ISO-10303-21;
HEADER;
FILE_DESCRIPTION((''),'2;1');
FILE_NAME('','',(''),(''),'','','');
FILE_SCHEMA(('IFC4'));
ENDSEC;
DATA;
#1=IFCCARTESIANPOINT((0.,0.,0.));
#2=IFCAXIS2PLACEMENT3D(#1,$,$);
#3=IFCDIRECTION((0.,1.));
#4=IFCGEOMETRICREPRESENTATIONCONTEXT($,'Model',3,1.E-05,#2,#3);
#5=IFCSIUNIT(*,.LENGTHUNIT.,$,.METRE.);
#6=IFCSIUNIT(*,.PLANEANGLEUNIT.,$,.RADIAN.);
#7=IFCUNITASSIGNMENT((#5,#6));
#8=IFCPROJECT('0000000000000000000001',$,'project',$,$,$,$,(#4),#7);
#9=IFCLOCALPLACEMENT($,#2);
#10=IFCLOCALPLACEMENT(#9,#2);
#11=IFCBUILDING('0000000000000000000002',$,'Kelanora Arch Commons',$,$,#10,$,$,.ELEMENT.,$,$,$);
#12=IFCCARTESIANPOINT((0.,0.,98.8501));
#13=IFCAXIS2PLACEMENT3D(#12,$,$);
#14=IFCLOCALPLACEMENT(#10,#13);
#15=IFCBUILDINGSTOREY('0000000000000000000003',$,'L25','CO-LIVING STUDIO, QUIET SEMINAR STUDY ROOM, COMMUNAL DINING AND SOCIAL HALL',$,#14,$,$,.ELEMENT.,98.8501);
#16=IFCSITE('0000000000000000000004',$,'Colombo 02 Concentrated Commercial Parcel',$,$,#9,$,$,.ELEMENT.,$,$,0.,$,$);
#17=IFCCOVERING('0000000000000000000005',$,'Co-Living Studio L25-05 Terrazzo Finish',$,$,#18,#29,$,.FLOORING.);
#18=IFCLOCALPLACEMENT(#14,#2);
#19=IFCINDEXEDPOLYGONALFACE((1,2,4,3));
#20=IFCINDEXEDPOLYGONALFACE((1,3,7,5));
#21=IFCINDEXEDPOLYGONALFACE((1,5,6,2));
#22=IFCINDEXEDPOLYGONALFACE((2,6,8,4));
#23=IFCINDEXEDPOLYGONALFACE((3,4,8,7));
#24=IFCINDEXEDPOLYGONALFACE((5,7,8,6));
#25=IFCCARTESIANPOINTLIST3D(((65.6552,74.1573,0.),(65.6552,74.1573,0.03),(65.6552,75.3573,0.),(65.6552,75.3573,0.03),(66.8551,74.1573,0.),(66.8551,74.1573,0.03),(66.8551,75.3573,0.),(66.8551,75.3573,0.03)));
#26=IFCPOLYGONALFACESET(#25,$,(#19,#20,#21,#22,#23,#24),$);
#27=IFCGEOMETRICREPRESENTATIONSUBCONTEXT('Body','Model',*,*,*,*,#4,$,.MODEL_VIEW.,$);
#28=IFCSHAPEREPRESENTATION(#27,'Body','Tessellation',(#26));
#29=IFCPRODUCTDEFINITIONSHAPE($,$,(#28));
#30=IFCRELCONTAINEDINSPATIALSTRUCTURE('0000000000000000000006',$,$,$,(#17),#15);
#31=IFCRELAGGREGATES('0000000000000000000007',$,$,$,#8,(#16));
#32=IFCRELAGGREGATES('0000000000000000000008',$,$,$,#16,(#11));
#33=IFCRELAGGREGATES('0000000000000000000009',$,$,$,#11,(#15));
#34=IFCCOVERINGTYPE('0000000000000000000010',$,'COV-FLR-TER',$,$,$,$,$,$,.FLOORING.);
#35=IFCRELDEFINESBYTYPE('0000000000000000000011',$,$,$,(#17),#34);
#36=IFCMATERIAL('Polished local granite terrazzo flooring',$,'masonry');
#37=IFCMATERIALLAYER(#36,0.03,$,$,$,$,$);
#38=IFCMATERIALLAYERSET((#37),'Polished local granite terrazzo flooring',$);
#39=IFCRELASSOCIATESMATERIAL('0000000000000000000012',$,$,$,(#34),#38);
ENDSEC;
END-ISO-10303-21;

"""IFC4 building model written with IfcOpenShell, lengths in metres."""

from ifc_helpers import new_model, si_unit, direction, frame, origin, origin_2d, place, context, subcontext, project, spatial, rectangle, extrude, source, transform, mapped, material, layer, layer_set, type_object, element, save


model = new_model("IFC4")

# Units and contexts
model_context = context("Model", 3, precision=1e-05, world=origin(), true_north=direction((0.0, 1.0)))
body_context = subcontext(model_context, "Body", "Model", "MODEL_VIEW")
ifc_project = project(units=[si_unit("LENGTHUNIT", "METRE"), si_unit("PLANEANGLEUNIT", "RADIAN")], contexts=[model_context])

# Site, building, storey
site_placement = place(None, origin())
site = spatial("IfcSite", under=ifc_project, at=site_placement, Name="Colombo 02 Concentrated Commercial Parcel", CompositionType="ELEMENT", RefElevation=0.0)
building_placement = place(site_placement, origin())
building = spatial("IfcBuilding", under=site, at=building_placement, Name="Kelanora Arch Commons", CompositionType="ELEMENT")
storey_placement = place(building_placement, frame((0.0, 0.0, 98.8501)))
storey = spatial("IfcBuildingStorey", under=building, at=storey_placement, Name="L25", Description="CO-LIVING STUDIO, QUIET SEMINAR STUDY ROOM, COMMUNAL DINING AND SOCIAL HALL", CompositionType="ELEMENT", Elevation=98.8501)

# Covering
ifc_material_1 = material(Name="Polished local granite terrazzo flooring", Category="masonry")
ifc_layer_1 = layer(ifc_material_1, 0.03)
ifc_layer_set_1 = layer_set([ifc_layer_1], Name="Polished local granite terrazzo flooring")
covering_type = type_object("IfcCoveringType", Name="COV-FLR-TER", PredefinedType="FLOORING", material=ifc_layer_set_1)
shared_shape_1 = source(origin(), body_context, "Body", "SweptSolid", [
    extrude(rectangle(XDim=1.2, YDim=1.2, at=origin_2d()), origin(), (0.0, 0.0, 1.0), 0.03),
])
for number, where, z_axis, x_axis, name in (
    (1, (66.2551, 74.7573, 0.0), (0.0, 0.0, 1.0), (1.0, 0.0, 0.0), "Co-Living Studio L25-05 Terrazzo Finish"),
):
    element("IfcCovering", number, at=place(storey_placement, frame(where, z_axis=z_axis, x_axis=x_axis)), inside=storey, type_object=covering_type, Name=name, PredefinedType="FLOORING", context=body_context, shape_type="MappedRepresentation", body=[
        mapped(shared_shape_1, transform((0.0, 0.0, 0.0), scale=1.0)),
    ])

save(model, "model.ifc")
